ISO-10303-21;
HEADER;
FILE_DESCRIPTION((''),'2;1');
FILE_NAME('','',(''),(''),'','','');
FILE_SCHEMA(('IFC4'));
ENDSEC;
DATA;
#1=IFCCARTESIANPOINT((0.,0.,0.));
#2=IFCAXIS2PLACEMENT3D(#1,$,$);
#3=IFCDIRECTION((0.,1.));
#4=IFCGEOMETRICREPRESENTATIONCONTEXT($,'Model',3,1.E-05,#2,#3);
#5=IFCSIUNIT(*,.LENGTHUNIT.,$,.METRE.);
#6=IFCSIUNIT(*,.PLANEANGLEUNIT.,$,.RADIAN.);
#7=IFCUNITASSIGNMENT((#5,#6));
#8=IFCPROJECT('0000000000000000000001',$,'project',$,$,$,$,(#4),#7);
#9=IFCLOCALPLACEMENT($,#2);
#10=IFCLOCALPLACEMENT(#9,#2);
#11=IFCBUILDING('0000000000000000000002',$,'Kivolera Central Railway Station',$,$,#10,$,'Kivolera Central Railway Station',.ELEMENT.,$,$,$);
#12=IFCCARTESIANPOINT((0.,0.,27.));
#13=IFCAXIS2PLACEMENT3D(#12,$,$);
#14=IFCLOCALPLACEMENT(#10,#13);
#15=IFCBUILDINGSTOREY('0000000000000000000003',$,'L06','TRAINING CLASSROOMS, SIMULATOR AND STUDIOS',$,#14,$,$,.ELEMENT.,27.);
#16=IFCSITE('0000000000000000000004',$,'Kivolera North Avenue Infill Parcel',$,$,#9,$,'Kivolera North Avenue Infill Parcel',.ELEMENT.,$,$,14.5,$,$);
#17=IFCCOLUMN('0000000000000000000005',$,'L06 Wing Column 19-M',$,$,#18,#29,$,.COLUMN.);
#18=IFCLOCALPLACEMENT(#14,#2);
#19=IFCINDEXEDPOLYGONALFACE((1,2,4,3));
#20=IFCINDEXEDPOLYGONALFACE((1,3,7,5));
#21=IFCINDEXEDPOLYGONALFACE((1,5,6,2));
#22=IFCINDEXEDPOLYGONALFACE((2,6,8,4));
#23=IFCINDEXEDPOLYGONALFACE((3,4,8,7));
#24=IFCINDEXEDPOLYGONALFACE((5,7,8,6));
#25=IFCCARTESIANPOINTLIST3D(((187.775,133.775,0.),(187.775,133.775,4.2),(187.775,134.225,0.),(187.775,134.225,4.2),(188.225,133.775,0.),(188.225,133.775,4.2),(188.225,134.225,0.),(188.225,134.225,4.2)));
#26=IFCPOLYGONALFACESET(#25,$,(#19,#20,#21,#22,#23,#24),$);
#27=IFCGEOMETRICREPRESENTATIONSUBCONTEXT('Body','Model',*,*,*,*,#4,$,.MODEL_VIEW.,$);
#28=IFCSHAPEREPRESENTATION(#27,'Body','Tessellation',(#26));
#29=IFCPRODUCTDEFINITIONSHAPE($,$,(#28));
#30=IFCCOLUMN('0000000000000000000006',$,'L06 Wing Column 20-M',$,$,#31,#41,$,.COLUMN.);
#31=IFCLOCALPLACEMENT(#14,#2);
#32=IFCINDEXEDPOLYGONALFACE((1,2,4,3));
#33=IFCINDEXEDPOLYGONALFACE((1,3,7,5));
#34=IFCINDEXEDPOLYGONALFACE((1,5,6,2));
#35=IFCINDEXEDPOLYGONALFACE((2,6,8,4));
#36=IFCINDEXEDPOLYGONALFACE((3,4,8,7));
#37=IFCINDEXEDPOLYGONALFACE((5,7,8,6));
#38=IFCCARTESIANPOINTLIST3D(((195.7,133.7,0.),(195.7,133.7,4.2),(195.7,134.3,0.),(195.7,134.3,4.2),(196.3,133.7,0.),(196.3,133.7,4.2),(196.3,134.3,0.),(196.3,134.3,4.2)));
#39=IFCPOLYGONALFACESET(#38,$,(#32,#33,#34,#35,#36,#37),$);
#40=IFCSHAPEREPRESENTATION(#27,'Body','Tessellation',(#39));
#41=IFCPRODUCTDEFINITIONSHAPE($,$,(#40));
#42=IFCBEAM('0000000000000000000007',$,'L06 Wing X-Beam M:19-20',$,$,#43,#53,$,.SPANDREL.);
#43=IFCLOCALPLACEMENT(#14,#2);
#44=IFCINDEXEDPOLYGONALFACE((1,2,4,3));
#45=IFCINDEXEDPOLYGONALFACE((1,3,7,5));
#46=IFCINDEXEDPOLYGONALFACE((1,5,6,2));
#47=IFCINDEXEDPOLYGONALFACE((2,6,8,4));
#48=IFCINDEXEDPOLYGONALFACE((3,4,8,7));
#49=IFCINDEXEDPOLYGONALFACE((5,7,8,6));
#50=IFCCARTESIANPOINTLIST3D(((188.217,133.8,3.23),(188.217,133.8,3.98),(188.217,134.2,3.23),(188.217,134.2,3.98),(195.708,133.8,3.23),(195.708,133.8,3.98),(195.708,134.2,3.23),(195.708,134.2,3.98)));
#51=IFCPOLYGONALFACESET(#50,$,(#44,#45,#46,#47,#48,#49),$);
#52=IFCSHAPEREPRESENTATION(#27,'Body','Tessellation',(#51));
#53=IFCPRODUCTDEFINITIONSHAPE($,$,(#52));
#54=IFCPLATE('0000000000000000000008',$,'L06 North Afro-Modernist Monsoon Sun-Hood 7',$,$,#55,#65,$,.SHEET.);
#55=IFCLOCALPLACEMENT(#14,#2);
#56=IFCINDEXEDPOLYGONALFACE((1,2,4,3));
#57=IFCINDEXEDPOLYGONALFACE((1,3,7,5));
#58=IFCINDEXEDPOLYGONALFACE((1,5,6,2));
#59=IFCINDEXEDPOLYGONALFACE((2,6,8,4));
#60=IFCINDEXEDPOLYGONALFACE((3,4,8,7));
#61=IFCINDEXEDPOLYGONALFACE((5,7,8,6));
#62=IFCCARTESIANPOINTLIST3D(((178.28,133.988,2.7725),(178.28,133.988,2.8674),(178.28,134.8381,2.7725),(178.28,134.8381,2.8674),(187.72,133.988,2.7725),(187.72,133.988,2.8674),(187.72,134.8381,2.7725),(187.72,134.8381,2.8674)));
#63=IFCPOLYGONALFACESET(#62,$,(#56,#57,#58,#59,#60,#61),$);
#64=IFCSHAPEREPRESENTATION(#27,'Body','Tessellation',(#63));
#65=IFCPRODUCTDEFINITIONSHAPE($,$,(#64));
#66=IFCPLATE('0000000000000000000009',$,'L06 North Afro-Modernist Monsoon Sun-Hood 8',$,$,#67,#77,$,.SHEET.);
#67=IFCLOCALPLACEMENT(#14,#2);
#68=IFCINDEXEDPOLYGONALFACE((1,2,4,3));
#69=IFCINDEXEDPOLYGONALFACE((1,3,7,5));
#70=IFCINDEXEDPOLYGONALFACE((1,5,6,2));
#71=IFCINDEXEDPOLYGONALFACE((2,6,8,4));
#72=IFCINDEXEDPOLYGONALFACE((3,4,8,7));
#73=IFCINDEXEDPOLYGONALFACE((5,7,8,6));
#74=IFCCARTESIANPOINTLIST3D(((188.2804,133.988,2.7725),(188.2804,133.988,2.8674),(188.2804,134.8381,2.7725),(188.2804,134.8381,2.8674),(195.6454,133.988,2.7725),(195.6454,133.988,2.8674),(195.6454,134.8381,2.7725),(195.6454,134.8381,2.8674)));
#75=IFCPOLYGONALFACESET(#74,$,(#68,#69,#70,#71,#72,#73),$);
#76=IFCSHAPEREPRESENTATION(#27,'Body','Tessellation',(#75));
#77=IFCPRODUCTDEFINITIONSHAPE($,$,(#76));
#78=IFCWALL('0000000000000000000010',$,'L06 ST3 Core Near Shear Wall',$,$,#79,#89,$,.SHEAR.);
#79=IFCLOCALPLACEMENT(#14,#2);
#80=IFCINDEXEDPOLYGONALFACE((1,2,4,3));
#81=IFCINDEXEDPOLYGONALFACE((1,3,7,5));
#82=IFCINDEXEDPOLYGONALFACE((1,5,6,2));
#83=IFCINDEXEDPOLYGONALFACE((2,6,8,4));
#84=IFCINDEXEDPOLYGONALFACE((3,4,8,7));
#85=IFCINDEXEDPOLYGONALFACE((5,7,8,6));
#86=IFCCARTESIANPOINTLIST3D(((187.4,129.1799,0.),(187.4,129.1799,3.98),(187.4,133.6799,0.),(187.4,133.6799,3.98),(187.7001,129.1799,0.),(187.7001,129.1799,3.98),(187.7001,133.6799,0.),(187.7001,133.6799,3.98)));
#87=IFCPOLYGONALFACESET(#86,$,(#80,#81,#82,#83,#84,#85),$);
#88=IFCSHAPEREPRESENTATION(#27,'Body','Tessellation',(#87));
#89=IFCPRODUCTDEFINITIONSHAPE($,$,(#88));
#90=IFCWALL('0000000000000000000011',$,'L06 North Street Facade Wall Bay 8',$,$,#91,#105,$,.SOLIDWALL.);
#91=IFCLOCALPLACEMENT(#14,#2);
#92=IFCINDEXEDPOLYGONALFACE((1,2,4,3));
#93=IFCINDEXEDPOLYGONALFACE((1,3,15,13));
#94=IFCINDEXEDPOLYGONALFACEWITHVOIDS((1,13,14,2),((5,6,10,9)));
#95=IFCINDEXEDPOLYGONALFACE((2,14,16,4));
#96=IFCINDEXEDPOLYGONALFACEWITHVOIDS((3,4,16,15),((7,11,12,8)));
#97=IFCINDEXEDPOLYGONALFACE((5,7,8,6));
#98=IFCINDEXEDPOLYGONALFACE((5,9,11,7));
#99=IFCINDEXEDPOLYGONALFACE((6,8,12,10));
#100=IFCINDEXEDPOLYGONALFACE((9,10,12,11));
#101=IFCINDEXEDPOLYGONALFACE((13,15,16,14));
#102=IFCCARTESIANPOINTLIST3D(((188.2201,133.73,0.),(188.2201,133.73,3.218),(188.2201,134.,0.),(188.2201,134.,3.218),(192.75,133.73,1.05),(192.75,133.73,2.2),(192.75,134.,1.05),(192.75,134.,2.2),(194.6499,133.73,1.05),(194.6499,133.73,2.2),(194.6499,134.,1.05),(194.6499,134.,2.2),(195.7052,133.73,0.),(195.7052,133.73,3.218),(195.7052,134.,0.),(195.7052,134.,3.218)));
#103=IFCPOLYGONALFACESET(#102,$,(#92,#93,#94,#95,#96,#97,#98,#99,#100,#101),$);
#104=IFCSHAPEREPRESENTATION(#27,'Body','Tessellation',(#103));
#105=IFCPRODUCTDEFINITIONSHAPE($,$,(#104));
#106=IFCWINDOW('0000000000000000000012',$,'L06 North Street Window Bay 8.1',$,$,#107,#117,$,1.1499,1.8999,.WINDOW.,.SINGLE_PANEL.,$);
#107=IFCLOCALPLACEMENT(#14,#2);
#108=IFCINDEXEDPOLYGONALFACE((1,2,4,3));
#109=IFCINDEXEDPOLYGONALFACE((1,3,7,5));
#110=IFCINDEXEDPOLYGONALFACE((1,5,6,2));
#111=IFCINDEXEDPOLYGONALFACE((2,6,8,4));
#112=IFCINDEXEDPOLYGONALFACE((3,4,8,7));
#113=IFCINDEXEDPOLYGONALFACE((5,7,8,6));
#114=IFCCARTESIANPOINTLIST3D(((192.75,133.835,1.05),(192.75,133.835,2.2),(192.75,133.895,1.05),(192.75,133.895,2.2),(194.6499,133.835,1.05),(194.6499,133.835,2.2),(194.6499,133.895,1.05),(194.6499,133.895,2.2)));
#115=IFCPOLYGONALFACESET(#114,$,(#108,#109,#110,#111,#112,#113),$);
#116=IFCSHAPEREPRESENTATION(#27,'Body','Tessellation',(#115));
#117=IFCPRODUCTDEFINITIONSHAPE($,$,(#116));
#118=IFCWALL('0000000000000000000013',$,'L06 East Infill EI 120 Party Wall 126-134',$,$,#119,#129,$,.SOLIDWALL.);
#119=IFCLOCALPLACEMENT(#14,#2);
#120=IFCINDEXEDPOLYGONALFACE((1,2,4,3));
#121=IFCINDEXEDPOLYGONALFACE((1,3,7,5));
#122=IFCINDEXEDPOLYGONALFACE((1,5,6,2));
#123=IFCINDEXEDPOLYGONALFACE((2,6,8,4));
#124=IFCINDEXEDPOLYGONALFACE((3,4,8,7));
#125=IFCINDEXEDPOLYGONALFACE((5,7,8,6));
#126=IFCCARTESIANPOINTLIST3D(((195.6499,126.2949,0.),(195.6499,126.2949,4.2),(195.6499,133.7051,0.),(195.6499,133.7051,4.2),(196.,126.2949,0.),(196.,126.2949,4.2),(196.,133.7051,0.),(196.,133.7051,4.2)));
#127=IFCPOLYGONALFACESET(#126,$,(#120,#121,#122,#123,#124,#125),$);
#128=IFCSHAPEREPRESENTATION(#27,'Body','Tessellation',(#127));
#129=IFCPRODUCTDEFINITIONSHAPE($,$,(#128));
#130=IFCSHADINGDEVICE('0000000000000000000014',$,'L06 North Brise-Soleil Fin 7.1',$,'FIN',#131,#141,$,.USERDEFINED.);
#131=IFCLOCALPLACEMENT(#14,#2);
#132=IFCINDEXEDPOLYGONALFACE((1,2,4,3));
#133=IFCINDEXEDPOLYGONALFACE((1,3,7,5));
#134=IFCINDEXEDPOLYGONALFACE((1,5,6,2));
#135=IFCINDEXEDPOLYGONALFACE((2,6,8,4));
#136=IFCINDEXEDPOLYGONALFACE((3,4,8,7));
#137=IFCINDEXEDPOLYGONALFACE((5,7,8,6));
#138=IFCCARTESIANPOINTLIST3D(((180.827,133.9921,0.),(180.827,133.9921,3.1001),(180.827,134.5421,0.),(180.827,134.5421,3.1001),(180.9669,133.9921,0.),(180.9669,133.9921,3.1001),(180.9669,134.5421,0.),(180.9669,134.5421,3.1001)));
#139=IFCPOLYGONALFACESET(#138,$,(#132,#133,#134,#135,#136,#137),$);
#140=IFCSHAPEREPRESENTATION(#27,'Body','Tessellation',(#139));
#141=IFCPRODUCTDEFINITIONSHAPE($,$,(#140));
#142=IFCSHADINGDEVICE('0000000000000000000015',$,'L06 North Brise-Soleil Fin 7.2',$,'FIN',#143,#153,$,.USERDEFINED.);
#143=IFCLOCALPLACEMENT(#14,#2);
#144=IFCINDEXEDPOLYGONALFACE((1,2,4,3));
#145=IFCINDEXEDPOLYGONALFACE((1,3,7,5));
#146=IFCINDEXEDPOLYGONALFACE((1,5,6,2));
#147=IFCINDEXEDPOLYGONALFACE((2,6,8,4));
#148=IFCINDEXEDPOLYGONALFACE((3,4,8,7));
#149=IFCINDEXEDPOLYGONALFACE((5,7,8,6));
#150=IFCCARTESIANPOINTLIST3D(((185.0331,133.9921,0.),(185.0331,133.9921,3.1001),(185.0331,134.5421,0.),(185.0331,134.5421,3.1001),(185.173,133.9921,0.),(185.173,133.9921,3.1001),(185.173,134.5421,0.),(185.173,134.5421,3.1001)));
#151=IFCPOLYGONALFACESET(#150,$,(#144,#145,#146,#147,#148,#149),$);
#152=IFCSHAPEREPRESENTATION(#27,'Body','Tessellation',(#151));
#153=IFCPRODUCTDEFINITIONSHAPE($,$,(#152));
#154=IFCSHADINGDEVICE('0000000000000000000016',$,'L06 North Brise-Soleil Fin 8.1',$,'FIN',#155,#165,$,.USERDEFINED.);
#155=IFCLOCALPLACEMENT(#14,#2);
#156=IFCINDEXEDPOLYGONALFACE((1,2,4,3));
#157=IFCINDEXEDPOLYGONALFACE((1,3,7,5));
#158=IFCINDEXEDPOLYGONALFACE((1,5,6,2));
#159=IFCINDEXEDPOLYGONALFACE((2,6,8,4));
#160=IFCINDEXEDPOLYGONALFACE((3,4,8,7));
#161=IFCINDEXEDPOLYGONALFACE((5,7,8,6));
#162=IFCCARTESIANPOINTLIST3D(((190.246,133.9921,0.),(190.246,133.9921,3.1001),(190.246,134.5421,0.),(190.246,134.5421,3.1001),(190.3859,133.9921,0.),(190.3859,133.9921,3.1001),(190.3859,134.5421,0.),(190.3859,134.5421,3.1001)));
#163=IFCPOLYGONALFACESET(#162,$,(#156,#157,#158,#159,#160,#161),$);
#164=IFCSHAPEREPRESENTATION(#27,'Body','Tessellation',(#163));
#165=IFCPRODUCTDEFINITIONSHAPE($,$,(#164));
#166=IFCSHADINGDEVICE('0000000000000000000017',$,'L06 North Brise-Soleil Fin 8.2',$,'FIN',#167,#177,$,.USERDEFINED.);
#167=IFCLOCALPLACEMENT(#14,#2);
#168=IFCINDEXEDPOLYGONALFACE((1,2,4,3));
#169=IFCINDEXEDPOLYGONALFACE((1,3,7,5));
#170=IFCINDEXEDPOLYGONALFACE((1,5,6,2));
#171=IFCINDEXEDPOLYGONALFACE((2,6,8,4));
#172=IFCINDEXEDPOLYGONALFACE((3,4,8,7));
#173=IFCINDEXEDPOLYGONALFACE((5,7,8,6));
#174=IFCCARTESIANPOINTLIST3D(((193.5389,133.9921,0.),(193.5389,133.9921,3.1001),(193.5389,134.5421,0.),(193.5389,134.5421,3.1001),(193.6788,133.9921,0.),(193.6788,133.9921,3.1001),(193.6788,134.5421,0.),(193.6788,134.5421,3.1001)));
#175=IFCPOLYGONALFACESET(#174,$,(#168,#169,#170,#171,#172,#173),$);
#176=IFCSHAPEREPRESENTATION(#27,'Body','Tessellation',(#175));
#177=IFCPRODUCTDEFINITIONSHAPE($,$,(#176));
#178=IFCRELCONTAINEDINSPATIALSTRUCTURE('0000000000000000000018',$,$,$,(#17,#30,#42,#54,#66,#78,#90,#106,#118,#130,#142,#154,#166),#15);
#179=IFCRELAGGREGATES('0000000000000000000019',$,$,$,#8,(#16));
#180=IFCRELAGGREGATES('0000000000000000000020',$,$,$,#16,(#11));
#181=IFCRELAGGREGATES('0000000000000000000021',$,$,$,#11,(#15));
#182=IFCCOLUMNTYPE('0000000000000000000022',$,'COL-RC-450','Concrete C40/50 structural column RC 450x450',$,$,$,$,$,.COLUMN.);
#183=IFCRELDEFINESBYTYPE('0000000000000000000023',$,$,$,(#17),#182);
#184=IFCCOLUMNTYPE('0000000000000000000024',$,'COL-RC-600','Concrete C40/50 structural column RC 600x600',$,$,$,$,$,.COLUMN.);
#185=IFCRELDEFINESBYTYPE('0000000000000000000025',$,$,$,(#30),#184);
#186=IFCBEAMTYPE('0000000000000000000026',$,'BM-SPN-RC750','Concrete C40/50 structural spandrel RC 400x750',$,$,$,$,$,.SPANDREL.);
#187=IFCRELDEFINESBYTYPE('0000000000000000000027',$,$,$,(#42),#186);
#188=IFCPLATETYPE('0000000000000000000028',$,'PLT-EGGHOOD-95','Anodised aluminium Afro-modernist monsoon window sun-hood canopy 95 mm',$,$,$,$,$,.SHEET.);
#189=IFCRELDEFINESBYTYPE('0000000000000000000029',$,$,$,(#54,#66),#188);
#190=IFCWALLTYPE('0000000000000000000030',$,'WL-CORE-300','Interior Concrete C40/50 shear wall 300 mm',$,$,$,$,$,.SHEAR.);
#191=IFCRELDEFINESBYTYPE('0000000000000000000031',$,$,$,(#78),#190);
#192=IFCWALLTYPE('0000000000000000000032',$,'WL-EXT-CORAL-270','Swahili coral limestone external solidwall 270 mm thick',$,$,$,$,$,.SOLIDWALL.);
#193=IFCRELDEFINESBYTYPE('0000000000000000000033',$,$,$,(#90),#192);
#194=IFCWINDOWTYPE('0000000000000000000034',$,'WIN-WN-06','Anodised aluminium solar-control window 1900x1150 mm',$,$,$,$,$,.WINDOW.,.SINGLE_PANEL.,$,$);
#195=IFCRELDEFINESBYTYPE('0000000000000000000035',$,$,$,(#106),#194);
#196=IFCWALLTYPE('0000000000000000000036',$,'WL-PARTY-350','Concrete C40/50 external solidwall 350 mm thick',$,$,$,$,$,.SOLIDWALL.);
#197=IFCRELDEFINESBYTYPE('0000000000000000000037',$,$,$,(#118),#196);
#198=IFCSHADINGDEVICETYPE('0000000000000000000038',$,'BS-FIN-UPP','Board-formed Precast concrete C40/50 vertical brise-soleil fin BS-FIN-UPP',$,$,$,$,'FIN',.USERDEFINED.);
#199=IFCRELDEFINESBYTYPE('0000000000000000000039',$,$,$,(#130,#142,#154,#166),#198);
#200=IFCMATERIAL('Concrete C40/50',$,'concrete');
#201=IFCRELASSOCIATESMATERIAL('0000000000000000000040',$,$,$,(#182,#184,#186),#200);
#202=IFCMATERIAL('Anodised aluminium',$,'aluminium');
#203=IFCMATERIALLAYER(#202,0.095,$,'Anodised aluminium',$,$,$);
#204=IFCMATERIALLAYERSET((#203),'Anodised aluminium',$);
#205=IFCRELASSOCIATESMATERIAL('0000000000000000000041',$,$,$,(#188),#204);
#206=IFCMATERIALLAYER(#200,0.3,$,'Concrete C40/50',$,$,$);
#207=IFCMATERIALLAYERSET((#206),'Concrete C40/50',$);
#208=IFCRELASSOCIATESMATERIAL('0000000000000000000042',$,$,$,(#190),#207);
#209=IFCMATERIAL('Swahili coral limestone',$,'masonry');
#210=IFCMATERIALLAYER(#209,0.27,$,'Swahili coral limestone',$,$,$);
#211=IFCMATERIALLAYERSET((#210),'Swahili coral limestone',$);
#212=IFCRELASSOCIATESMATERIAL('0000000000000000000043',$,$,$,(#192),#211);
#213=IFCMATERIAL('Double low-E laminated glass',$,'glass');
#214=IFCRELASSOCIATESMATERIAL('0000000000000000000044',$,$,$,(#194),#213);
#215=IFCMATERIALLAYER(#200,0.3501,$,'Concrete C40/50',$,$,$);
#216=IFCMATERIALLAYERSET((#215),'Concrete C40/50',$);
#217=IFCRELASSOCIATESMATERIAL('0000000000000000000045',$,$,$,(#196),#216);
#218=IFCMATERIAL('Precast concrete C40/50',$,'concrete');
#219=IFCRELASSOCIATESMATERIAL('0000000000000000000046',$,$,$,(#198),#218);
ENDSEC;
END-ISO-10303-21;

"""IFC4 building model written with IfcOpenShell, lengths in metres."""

from ifc_helpers import new_model, si_unit, direction, frame, frame_2d, origin, origin_2d, place, context, subcontext, project, spatial, rectangle, extrude, material, layer, layer_set, material_profile, profile_set, type_object, element, fill, save


model = new_model("IFC4")

# Units and contexts
model_context = context("Model", 3, precision=1e-05, world=origin(), true_north=direction((0.0, 1.0)))
body_context = subcontext(model_context, "Body", "Model", "MODEL_VIEW")
ifc_project = project(units=[si_unit("LENGTHUNIT", "METRE"), si_unit("PLANEANGLEUNIT", "RADIAN")], contexts=[model_context])

# Site, building, storey
site_placement = place(None, origin())
site = spatial("IfcSite", under=ifc_project, at=site_placement, Name="Kivolera North Avenue Infill Parcel", LongName="Kivolera North Avenue Infill Parcel", CompositionType="ELEMENT", RefElevation=14.5)
building_placement = place(site_placement, origin())
building = spatial("IfcBuilding", under=site, at=building_placement, Name="Kivolera Central Railway Station", LongName="Kivolera Central Railway Station", CompositionType="ELEMENT")
storey_placement = place(building_placement, frame((0.0, 0.0, 27.0)))
storey = spatial("IfcBuildingStorey", under=building, at=storey_placement, Name="L06", Description="TRAINING CLASSROOMS, SIMULATOR AND STUDIOS", CompositionType="ELEMENT", Elevation=27.0)

# Columns
ifc_material_1 = material(Name="Concrete C40/50", Category="concrete")
ifc_material_profile_1 = material_profile(ifc_material_1, rectangle(XDim=0.45, YDim=0.45, at=origin_2d()), Name="RC 450x450")
ifc_profile_set_1 = profile_set([ifc_material_profile_1], Name="Concrete C40/50")
column_type_1 = type_object("IfcColumnType", Name="COL-RC-450", Description="Concrete C40/50 structural column RC 450x450", PredefinedType="COLUMN", material=ifc_profile_set_1)
column_1_placement = place(storey_placement, frame((188.0, 134.0, 0.0), z_axis=(0.0, 0.0, 1.0), x_axis=(1.0, 0.0, 0.0)))
element("IfcColumn", 1, at=column_1_placement, inside=storey, type_object=column_type_1, Name="L06 Wing Column 19-M", PredefinedType="COLUMN", context=body_context, shape_type="SweptSolid", body=[
    extrude(rectangle(XDim=0.45, YDim=0.45, at=origin_2d()), origin(), (0.0, 0.0, 1.0), 4.2),
])
ifc_material_profile_2 = material_profile(ifc_material_1, rectangle(XDim=0.6001, YDim=0.6001, at=origin_2d()), Name="RC 600x600")
ifc_profile_set_2 = profile_set([ifc_material_profile_2], Name="Concrete C40/50")
column_type_2 = type_object("IfcColumnType", Name="COL-RC-600", Description="Concrete C40/50 structural column RC 600x600", PredefinedType="COLUMN", material=ifc_profile_set_2)
column_2_placement = place(storey_placement, frame((196.0, 134.0, 0.0), z_axis=(0.0, 0.0, 1.0), x_axis=(1.0, 0.0, 0.0)))
element("IfcColumn", 2, at=column_2_placement, inside=storey, type_object=column_type_2, Name="L06 Wing Column 20-M", PredefinedType="COLUMN", context=body_context, shape_type="SweptSolid", body=[
    extrude(rectangle(XDim=0.6001, YDim=0.6001, at=origin_2d()), origin(), (0.0, 0.0, 1.0), 4.2),
])

# Beam
ifc_material_profile_3 = material_profile(ifc_material_1, rectangle(XDim=0.3999, YDim=0.75, at=origin_2d()), Name="RC 400x750")
ifc_profile_set_3 = profile_set([ifc_material_profile_3], Name="Concrete C40/50")
beam_type = type_object("IfcBeamType", Name="BM-SPN-RC750", Description="Concrete C40/50 structural spandrel RC 400x750", PredefinedType="SPANDREL", material=ifc_profile_set_3)
beam_placement = place(storey_placement, frame((188.217, 134.0, 3.605), z_axis=(1.0, 0.0, 0.0), x_axis=(0.0, 1.0, 0.0)))
element("IfcBeam", 3, at=beam_placement, inside=storey, type_object=beam_type, Name="L06 Wing X-Beam M:19-20", PredefinedType="SPANDREL", context=body_context, shape_type="SweptSolid", body=[
    extrude(rectangle(XDim=0.3999, YDim=0.75, at=origin_2d()), origin(), (0.0, 0.0, 1.0), 7.491),
])

# Plates
ifc_material_2 = material(Name="Anodised aluminium", Category="aluminium")
ifc_layer_1 = layer(ifc_material_2, 0.095, Name="Anodised aluminium")
ifc_layer_set_1 = layer_set([ifc_layer_1], Name="Anodised aluminium")
plate_type = type_object("IfcPlateType", Name="PLT-EGGHOOD-95", Description="Anodised aluminium Afro-modernist monsoon window sun-hood canopy 95 mm", PredefinedType="SHEET", material=ifc_layer_set_1)
plate_1_placement = place(storey_placement, frame((183.0, 134.4131, 2.7725), z_axis=(0.0, 0.0, 1.0), x_axis=(1.0, 0.0, 0.0)))
element("IfcPlate", 4, at=plate_1_placement, inside=storey, type_object=plate_type, Name="L06 North Afro-Modernist Monsoon Sun-Hood 7", PredefinedType="SHEET", context=body_context, shape_type="SweptSolid", body=[
    extrude(rectangle(XDim=9.4399, YDim=0.8501, at=origin_2d()), origin(), (0.0, 0.0, 1.0), 0.095),
])
plate_2_placement = place(storey_placement, frame((191.9629, 134.4131, 2.7725), z_axis=(0.0, 0.0, 1.0), x_axis=(1.0, 0.0, 0.0)))
element("IfcPlate", 5, at=plate_2_placement, inside=storey, type_object=plate_type, Name="L06 North Afro-Modernist Monsoon Sun-Hood 8", PredefinedType="SHEET", context=body_context, shape_type="SweptSolid", body=[
    extrude(rectangle(XDim=7.365, YDim=0.8501, at=origin_2d()), origin(), (0.0, 0.0, 1.0), 0.095),
])

# Wall
ifc_layer_2 = layer(ifc_material_1, 0.3, Name="Concrete C40/50")
ifc_layer_set_2 = layer_set([ifc_layer_2], Name="Concrete C40/50")
wall_type_1 = type_object("IfcWallType", Name="WL-CORE-300", Description="Interior Concrete C40/50 shear wall 300 mm", PredefinedType="SHEAR", material=ifc_layer_set_2)
wall_1_placement = place(storey_placement, frame((187.55, 133.6799, 0.0), z_axis=(0.0, 0.0, 1.0), x_axis=(0.0, -1.0, 0.0)))
element("IfcWall", 6, at=wall_1_placement, inside=storey, type_object=wall_type_1, Name="L06 ST3 Core Near Shear Wall", PredefinedType="SHEAR", context=body_context, shape_type="SweptSolid", body=[
    extrude(rectangle(XDim=4.5, YDim=0.3, at=frame_2d((2.25, 0.0))), origin(), (0.0, 0.0, 1.0), 3.98),
])

# Wall, opening, window
ifc_material_3 = material(Name="Swahili coral limestone", Category="masonry")
ifc_layer_3 = layer(ifc_material_3, 0.27, Name="Swahili coral limestone")
ifc_layer_set_3 = layer_set([ifc_layer_3], Name="Swahili coral limestone")
wall_type_2 = type_object("IfcWallType", Name="WL-EXT-CORAL-270", Description="Swahili coral limestone external solidwall 270 mm thick", PredefinedType="SOLIDWALL", material=ifc_layer_set_3)
wall_2_placement = place(storey_placement, frame((188.22, 133.865, 0.0), z_axis=(0.0, 0.0, 1.0), x_axis=(1.0, 0.0, 0.0)))
wall_2 = element("IfcWall", 7, at=wall_2_placement, inside=storey, type_object=wall_type_2, Name="L06 North Street Facade Wall Bay 8", PredefinedType="SOLIDWALL", context=body_context, shape_type="SweptSolid", body=[
    extrude(rectangle(XDim=7.4851, YDim=0.27, at=frame_2d((3.7427, 0.0))), origin(), (0.0, 0.0, 1.0), 3.218),
])
opening_placement = place(wall_2_placement, frame((4.53, 0.0, 1.05)))
opening = element("IfcOpeningElement", 8, at=opening_placement, cuts=wall_2, PredefinedType="OPENING", context=body_context, shape_type="SweptSolid", body=[
    extrude(rectangle(XDim=1.8999, YDim=1.1499, at=frame_2d((0.95, 0.575))), frame((0.0, 0.145, 0.0), z_axis=(0.0, -1.0, 0.0), x_axis=(1.0, 0.0, 0.0)), (0.0, 0.0, 1.0), 0.29),
])
ifc_material_4 = material(Name="Double low-E laminated glass", Category="glass")
window_type = type_object("IfcWindowType", Name="WIN-WN-06", Description="Anodised aluminium solar-control window 1900x1150 mm", PartitioningType="SINGLE_PANEL", PredefinedType="WINDOW", material=ifc_material_4)
window_placement = place(opening_placement, origin())
window = element("IfcWindow", 9, at=window_placement, inside=storey, type_object=window_type, Name="L06 North Street Window Bay 8.1", OverallHeight=1.1499, OverallWidth=1.8999, PartitioningType="SINGLE_PANEL", PredefinedType="WINDOW", context=body_context, shape_type="SweptSolid", body=[
    extrude(rectangle(XDim=1.8999, YDim=1.1499, at=frame_2d((0.95, 0.575))), frame((0.0, 0.03, 0.0), z_axis=(0.0, -1.0, 0.0), x_axis=(1.0, 0.0, 0.0)), (0.0, 0.0, 1.0), 0.0601),
])
fill(opening, window)

# Wall
ifc_layer_4 = layer(ifc_material_1, 0.3501, Name="Concrete C40/50")
ifc_layer_set_4 = layer_set([ifc_layer_4], Name="Concrete C40/50")
wall_type_3 = type_object("IfcWallType", Name="WL-PARTY-350", Description="Concrete C40/50 external solidwall 350 mm thick", PredefinedType="SOLIDWALL", material=ifc_layer_set_4)
wall_3_placement = place(storey_placement, frame((195.825, 133.7051, 0.0), z_axis=(0.0, 0.0, 1.0), x_axis=(0.0, -1.0, 0.0)))
element("IfcWall", 10, at=wall_3_placement, inside=storey, type_object=wall_type_3, Name="L06 East Infill EI 120 Party Wall 126-134", PredefinedType="SOLIDWALL", context=body_context, shape_type="SweptSolid", body=[
    extrude(rectangle(XDim=7.4102, YDim=0.3501, at=frame_2d((3.7051, 0.0))), origin(), (0.0, 0.0, 1.0), 4.2),
])

# Shading devices
ifc_material_5 = material(Name="Precast concrete C40/50", Category="concrete")
shading_device_type = type_object("IfcShadingDeviceType", Name="BS-FIN-UPP", Description="Board-formed Precast concrete C40/50 vertical brise-soleil fin BS-FIN-UPP", ElementType="FIN", PredefinedType="USERDEFINED", material=ifc_material_5)
for number, where, z_axis, x_axis, name in (
    (11, (180.897, 134.2671, 0.0), (0.0, 0.0, 1.0), (1.0, 0.0, 0.0), "L06 North Brise-Soleil Fin 7.1"),
    (12, (185.103, 134.2671, 0.0), (0.0, 0.0, 1.0), (1.0, 0.0, 0.0), "L06 North Brise-Soleil Fin 7.2"),
    (13, (190.3159, 134.2671, 0.0), (0.0, 0.0, 1.0), (1.0, 0.0, 0.0), "L06 North Brise-Soleil Fin 8.1"),
    (14, (193.6089, 134.2671, 0.0), (0.0, 0.0, 1.0), (1.0, 0.0, 0.0), "L06 North Brise-Soleil Fin 8.2"),
):
    element("IfcShadingDevice", number, at=place(storey_placement, frame(where, z_axis=z_axis, x_axis=x_axis)), inside=storey, type_object=shading_device_type, Name=name, ObjectType="FIN", PredefinedType="USERDEFINED", context=body_context, shape_type="SweptSolid", body=[
        extrude(rectangle(XDim=0.1399, YDim=0.55, at=origin_2d()), origin(), (0.0, 0.0, 1.0), 3.1001),
    ])

save(model, "model.ifc")
